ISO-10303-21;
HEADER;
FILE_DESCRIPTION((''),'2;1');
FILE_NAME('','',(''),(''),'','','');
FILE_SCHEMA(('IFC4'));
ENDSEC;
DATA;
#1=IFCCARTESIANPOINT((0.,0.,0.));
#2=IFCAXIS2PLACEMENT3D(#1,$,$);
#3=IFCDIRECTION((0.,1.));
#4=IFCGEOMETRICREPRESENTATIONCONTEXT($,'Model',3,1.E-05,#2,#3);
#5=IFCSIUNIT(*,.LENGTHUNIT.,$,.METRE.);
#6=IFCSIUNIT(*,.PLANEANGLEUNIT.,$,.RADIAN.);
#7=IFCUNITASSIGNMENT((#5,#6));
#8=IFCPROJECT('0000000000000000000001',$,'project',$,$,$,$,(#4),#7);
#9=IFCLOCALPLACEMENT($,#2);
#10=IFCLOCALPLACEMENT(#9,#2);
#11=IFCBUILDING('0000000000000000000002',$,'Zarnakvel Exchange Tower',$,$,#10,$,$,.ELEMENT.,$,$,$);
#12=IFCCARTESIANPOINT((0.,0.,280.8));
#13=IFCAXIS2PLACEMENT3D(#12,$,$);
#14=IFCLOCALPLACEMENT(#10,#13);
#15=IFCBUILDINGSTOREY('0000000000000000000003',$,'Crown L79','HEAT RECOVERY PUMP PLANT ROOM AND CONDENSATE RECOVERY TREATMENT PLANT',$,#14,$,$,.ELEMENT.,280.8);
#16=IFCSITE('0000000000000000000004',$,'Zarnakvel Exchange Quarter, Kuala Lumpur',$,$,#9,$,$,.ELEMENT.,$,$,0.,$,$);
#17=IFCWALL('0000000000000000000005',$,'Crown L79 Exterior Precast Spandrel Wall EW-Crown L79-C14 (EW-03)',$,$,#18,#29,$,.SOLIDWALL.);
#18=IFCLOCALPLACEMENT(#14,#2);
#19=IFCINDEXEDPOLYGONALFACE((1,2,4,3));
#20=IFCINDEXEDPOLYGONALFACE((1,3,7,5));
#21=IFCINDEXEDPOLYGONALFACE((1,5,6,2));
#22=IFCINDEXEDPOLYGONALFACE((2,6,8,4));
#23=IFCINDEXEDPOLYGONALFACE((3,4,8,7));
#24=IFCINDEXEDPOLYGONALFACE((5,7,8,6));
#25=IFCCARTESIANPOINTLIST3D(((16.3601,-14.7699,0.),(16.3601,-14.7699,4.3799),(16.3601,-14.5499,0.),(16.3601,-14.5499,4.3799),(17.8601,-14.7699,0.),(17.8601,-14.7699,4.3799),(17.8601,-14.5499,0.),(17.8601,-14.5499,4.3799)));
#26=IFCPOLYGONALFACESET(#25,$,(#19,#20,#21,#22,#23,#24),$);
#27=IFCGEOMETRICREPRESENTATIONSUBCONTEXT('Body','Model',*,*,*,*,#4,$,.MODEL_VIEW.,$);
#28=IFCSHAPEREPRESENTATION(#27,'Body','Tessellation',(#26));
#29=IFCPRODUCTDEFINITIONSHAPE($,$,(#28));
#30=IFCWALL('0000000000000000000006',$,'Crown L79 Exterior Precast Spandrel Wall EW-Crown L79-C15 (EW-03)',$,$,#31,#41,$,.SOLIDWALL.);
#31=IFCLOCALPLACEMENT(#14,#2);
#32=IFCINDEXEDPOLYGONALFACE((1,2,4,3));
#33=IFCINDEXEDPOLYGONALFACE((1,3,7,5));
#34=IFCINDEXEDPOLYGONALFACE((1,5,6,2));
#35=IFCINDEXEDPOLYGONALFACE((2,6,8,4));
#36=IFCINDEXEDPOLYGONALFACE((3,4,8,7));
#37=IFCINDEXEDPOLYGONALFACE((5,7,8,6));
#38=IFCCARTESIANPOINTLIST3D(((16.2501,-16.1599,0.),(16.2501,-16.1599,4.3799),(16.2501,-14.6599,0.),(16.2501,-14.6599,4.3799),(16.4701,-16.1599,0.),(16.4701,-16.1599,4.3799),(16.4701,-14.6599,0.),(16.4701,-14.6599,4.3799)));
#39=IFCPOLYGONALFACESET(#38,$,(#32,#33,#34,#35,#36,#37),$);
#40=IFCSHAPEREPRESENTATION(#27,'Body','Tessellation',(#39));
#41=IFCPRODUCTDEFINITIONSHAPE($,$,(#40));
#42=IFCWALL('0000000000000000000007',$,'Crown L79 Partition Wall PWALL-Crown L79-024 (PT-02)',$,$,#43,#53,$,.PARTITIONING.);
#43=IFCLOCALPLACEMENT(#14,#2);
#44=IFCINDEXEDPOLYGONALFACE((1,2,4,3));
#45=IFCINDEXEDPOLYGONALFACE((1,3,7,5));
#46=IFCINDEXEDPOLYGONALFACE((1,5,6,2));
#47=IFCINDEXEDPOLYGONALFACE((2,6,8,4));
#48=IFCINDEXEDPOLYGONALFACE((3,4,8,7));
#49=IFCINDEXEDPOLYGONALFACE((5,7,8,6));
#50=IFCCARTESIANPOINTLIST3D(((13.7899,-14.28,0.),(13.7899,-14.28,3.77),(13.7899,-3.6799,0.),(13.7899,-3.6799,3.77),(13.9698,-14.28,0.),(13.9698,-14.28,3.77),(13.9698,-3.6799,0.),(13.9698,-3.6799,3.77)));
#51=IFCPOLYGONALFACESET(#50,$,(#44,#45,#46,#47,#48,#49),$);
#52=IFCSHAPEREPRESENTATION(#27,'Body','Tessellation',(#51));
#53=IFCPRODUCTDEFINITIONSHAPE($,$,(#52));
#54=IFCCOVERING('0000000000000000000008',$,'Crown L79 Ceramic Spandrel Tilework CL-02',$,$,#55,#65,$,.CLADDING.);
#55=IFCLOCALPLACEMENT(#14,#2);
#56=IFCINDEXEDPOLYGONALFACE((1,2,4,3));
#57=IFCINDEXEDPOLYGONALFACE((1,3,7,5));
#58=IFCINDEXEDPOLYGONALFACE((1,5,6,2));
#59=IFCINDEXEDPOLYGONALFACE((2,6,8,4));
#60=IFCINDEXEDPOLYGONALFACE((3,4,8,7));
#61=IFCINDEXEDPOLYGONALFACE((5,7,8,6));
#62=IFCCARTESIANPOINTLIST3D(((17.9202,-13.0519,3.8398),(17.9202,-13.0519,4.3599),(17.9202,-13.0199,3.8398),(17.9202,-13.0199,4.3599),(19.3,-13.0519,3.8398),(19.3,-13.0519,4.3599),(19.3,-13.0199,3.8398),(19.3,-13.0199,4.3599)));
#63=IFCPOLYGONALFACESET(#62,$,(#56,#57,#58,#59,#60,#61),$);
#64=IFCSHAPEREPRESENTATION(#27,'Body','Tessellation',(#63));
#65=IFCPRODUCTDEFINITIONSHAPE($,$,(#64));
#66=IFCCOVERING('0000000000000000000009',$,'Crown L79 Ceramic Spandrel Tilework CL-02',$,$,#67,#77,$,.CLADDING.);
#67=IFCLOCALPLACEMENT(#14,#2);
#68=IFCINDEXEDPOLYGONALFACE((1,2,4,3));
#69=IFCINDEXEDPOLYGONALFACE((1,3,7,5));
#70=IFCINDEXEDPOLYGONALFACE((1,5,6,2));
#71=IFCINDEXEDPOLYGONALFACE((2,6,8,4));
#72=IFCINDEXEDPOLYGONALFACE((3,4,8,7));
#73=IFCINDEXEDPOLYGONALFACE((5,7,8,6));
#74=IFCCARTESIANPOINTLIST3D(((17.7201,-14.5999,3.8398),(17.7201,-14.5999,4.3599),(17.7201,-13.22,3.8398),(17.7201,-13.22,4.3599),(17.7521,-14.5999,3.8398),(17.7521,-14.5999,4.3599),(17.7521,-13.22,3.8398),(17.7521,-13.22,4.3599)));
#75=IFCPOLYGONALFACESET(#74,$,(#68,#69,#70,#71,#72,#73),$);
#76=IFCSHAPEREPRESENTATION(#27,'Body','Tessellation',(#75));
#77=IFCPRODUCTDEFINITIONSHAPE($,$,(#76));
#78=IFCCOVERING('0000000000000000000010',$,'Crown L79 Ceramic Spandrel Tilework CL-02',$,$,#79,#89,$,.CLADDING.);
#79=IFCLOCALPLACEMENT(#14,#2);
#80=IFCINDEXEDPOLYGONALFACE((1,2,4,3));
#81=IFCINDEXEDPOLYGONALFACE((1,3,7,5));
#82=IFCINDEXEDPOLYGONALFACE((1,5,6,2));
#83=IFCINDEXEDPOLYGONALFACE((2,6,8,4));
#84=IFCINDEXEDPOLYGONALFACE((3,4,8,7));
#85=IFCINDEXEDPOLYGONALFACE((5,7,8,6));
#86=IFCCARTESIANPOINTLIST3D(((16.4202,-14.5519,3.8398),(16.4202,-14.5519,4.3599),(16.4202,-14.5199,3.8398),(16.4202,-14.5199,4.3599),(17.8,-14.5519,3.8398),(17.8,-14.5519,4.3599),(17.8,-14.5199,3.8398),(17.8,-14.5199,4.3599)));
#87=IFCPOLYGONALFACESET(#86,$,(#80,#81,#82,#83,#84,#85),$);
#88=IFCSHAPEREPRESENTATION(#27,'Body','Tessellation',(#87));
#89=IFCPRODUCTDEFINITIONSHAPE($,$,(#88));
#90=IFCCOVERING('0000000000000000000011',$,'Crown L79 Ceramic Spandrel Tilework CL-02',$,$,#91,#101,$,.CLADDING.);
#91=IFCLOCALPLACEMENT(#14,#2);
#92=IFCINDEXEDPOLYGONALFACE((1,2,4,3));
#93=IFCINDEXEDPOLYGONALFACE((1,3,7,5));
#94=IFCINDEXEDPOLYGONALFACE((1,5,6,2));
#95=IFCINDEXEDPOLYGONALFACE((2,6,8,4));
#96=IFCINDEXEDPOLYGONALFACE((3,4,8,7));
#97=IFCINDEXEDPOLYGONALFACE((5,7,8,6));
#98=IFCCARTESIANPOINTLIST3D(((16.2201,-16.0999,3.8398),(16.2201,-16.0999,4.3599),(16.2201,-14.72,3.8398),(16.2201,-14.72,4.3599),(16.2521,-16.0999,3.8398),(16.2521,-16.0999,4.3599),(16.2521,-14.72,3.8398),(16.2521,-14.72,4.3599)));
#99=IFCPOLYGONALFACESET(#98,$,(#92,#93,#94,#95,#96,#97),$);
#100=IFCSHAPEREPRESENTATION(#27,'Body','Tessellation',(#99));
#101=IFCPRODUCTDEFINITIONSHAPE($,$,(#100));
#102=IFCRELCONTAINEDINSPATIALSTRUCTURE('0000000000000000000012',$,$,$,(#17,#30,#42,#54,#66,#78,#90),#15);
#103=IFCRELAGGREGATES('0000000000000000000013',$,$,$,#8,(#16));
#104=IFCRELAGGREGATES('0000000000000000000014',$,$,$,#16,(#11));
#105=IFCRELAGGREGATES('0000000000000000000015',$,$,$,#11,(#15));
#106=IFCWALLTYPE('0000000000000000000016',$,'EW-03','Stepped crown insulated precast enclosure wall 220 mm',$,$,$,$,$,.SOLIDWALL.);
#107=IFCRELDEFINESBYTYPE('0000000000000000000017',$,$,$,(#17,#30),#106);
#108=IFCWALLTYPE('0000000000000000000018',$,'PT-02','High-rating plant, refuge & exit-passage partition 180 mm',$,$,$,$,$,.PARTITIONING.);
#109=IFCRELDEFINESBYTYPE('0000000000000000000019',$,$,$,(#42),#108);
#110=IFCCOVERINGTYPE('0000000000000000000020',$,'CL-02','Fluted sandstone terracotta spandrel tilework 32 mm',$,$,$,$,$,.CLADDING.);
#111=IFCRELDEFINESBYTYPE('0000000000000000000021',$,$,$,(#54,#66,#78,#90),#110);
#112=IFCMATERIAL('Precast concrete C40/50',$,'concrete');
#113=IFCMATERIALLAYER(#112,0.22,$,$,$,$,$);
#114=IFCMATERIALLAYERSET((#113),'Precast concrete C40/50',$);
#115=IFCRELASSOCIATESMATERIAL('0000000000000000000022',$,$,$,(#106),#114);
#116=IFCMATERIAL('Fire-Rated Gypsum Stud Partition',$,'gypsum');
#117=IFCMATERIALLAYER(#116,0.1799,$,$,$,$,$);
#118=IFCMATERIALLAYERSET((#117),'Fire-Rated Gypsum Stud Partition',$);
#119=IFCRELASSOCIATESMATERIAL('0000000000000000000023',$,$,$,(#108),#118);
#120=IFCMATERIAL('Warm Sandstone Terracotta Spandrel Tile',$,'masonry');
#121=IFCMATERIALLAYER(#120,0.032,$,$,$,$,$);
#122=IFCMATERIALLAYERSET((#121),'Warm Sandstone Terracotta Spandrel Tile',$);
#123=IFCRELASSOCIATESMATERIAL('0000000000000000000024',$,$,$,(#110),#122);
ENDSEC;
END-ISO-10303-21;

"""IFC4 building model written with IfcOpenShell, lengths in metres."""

from ifc_helpers import new_model, si_unit, direction, frame, frame_2d, origin, origin_2d, place, context, subcontext, project, spatial, rectangle, extrude, source, transform, mapped, material, layer, layer_set, type_object, element, save


model = new_model("IFC4")

# Units and contexts
model_context = context("Model", 3, precision=1e-05, world=origin(), true_north=direction((0.0, 1.0)))
body_context = subcontext(model_context, "Body", "Model", "MODEL_VIEW")
ifc_project = project(units=[si_unit("LENGTHUNIT", "METRE"), si_unit("PLANEANGLEUNIT", "RADIAN")], contexts=[model_context])

# Site, building, storey
site_placement = place(None, origin())
site = spatial("IfcSite", under=ifc_project, at=site_placement, Name="Zarnakvel Exchange Quarter, Kuala Lumpur", CompositionType="ELEMENT", RefElevation=0.0)
building_placement = place(site_placement, origin())
building = spatial("IfcBuilding", under=site, at=building_placement, Name="Zarnakvel Exchange Tower", CompositionType="ELEMENT")
storey_placement = place(building_placement, frame((0.0, 0.0, 280.8)))
storey = spatial("IfcBuildingStorey", under=building, at=storey_placement, Name="Crown L79", Description="HEAT RECOVERY PUMP PLANT ROOM AND CONDENSATE RECOVERY TREATMENT PLANT", CompositionType="ELEMENT", Elevation=280.8)

# Walls
ifc_material_1 = material(Name="Precast concrete C40/50", Category="concrete")
ifc_layer_1 = layer(ifc_material_1, 0.22)
ifc_layer_set_1 = layer_set([ifc_layer_1], Name="Precast concrete C40/50")
wall_type_1 = type_object("IfcWallType", Name="EW-03", Description="Stepped crown insulated precast enclosure wall 220 mm", PredefinedType="SOLIDWALL", material=ifc_layer_set_1)
for number, where, z_axis, x_axis, name in (
    (1, (16.3601, -14.6599, 0.0), (0.0, 0.0, 1.0), (1.0, 0.0, 0.0), "Crown L79 Exterior Precast Spandrel Wall EW-Crown L79-C14 (EW-03)"),
    (2, (16.3601, -16.1599, 0.0), (0.0, 0.0, 1.0), (0.0, 1.0, 0.0), "Crown L79 Exterior Precast Spandrel Wall EW-Crown L79-C15 (EW-03)"),
):
    element("IfcWall", number, at=place(storey_placement, frame(where, z_axis=z_axis, x_axis=x_axis)), inside=storey, type_object=wall_type_1, Name=name, PredefinedType="SOLIDWALL", context=body_context, shape_type="SweptSolid", body=[
        extrude(rectangle(XDim=1.5, YDim=0.22, at=frame_2d((0.75, 0.0))), origin(), (0.0, 0.0, 1.0), 4.3799),
    ])
ifc_material_2 = material(Name="Fire-Rated Gypsum Stud Partition", Category="gypsum")
ifc_layer_2 = layer(ifc_material_2, 0.1799)
ifc_layer_set_2 = layer_set([ifc_layer_2], Name="Fire-Rated Gypsum Stud Partition")
wall_type_2 = type_object("IfcWallType", Name="PT-02", Description="High-rating plant, refuge & exit-passage partition 180 mm", PredefinedType="PARTITIONING", material=ifc_layer_set_2)
wall_1_placement = place(storey_placement, frame((13.8799, -3.6799, 0.0), z_axis=(0.0, 0.0, 1.0), x_axis=(0.0, -1.0, 0.0)))
element("IfcWall", 3, at=wall_1_placement, inside=storey, type_object=wall_type_2, Name="Crown L79 Partition Wall PWALL-Crown L79-024 (PT-02)", PredefinedType="PARTITIONING", context=body_context, shape_type="SweptSolid", body=[
    extrude(rectangle(XDim=10.6001, YDim=0.1799, at=frame_2d((5.3, 0.0))), origin(), (0.0, 0.0, 1.0), 3.77),
])

# Coverings
ifc_material_3 = material(Name="Warm Sandstone Terracotta Spandrel Tile", Category="masonry")
ifc_layer_3 = layer(ifc_material_3, 0.032)
ifc_layer_set_3 = layer_set([ifc_layer_3], Name="Warm Sandstone Terracotta Spandrel Tile")
covering_type = type_object("IfcCoveringType", Name="CL-02", Description="Fluted sandstone terracotta spandrel tilework 32 mm", PredefinedType="CLADDING", material=ifc_layer_set_3)
shared_shape_1 = source(origin(), body_context, "Body", "SweptSolid", [
    extrude(rectangle(XDim=1.3799, YDim=0.032, at=origin_2d()), origin(), (0.0, 0.0, 1.0), 0.52),
])
for number, where, z_axis, x_axis, name in (
    (4, (18.6101, -13.0359, 3.8398), (0.0, 0.0, 1.0), (1.0, 0.0, 0.0), "Crown L79 Ceramic Spandrel Tilework CL-02"),
    (5, (17.7361, -13.9099, 3.8398), (0.0, 0.0, 1.0), (0.0, 1.0, 0.0), "Crown L79 Ceramic Spandrel Tilework CL-02"),
    (6, (17.1101, -14.5359, 3.8398), (0.0, 0.0, 1.0), (1.0, 0.0, 0.0), "Crown L79 Ceramic Spandrel Tilework CL-02"),
    (7, (16.2361, -15.4099, 3.8398), (0.0, 0.0, 1.0), (0.0, 1.0, 0.0), "Crown L79 Ceramic Spandrel Tilework CL-02"),
):
    element("IfcCovering", number, at=place(storey_placement, frame(where, z_axis=z_axis, x_axis=x_axis)), inside=storey, type_object=covering_type, Name=name, PredefinedType="CLADDING", context=body_context, shape_type="MappedRepresentation", body=[
        mapped(shared_shape_1, transform((0.0, 0.0, 0.0), x_axis=(1.0, 0.0, 0.0), y_axis=(0.0, 1.0, 0.0), z_axis=(0.0, 0.0, 1.0), scale=1.0)),
    ])

save(model, "model.ifc")
